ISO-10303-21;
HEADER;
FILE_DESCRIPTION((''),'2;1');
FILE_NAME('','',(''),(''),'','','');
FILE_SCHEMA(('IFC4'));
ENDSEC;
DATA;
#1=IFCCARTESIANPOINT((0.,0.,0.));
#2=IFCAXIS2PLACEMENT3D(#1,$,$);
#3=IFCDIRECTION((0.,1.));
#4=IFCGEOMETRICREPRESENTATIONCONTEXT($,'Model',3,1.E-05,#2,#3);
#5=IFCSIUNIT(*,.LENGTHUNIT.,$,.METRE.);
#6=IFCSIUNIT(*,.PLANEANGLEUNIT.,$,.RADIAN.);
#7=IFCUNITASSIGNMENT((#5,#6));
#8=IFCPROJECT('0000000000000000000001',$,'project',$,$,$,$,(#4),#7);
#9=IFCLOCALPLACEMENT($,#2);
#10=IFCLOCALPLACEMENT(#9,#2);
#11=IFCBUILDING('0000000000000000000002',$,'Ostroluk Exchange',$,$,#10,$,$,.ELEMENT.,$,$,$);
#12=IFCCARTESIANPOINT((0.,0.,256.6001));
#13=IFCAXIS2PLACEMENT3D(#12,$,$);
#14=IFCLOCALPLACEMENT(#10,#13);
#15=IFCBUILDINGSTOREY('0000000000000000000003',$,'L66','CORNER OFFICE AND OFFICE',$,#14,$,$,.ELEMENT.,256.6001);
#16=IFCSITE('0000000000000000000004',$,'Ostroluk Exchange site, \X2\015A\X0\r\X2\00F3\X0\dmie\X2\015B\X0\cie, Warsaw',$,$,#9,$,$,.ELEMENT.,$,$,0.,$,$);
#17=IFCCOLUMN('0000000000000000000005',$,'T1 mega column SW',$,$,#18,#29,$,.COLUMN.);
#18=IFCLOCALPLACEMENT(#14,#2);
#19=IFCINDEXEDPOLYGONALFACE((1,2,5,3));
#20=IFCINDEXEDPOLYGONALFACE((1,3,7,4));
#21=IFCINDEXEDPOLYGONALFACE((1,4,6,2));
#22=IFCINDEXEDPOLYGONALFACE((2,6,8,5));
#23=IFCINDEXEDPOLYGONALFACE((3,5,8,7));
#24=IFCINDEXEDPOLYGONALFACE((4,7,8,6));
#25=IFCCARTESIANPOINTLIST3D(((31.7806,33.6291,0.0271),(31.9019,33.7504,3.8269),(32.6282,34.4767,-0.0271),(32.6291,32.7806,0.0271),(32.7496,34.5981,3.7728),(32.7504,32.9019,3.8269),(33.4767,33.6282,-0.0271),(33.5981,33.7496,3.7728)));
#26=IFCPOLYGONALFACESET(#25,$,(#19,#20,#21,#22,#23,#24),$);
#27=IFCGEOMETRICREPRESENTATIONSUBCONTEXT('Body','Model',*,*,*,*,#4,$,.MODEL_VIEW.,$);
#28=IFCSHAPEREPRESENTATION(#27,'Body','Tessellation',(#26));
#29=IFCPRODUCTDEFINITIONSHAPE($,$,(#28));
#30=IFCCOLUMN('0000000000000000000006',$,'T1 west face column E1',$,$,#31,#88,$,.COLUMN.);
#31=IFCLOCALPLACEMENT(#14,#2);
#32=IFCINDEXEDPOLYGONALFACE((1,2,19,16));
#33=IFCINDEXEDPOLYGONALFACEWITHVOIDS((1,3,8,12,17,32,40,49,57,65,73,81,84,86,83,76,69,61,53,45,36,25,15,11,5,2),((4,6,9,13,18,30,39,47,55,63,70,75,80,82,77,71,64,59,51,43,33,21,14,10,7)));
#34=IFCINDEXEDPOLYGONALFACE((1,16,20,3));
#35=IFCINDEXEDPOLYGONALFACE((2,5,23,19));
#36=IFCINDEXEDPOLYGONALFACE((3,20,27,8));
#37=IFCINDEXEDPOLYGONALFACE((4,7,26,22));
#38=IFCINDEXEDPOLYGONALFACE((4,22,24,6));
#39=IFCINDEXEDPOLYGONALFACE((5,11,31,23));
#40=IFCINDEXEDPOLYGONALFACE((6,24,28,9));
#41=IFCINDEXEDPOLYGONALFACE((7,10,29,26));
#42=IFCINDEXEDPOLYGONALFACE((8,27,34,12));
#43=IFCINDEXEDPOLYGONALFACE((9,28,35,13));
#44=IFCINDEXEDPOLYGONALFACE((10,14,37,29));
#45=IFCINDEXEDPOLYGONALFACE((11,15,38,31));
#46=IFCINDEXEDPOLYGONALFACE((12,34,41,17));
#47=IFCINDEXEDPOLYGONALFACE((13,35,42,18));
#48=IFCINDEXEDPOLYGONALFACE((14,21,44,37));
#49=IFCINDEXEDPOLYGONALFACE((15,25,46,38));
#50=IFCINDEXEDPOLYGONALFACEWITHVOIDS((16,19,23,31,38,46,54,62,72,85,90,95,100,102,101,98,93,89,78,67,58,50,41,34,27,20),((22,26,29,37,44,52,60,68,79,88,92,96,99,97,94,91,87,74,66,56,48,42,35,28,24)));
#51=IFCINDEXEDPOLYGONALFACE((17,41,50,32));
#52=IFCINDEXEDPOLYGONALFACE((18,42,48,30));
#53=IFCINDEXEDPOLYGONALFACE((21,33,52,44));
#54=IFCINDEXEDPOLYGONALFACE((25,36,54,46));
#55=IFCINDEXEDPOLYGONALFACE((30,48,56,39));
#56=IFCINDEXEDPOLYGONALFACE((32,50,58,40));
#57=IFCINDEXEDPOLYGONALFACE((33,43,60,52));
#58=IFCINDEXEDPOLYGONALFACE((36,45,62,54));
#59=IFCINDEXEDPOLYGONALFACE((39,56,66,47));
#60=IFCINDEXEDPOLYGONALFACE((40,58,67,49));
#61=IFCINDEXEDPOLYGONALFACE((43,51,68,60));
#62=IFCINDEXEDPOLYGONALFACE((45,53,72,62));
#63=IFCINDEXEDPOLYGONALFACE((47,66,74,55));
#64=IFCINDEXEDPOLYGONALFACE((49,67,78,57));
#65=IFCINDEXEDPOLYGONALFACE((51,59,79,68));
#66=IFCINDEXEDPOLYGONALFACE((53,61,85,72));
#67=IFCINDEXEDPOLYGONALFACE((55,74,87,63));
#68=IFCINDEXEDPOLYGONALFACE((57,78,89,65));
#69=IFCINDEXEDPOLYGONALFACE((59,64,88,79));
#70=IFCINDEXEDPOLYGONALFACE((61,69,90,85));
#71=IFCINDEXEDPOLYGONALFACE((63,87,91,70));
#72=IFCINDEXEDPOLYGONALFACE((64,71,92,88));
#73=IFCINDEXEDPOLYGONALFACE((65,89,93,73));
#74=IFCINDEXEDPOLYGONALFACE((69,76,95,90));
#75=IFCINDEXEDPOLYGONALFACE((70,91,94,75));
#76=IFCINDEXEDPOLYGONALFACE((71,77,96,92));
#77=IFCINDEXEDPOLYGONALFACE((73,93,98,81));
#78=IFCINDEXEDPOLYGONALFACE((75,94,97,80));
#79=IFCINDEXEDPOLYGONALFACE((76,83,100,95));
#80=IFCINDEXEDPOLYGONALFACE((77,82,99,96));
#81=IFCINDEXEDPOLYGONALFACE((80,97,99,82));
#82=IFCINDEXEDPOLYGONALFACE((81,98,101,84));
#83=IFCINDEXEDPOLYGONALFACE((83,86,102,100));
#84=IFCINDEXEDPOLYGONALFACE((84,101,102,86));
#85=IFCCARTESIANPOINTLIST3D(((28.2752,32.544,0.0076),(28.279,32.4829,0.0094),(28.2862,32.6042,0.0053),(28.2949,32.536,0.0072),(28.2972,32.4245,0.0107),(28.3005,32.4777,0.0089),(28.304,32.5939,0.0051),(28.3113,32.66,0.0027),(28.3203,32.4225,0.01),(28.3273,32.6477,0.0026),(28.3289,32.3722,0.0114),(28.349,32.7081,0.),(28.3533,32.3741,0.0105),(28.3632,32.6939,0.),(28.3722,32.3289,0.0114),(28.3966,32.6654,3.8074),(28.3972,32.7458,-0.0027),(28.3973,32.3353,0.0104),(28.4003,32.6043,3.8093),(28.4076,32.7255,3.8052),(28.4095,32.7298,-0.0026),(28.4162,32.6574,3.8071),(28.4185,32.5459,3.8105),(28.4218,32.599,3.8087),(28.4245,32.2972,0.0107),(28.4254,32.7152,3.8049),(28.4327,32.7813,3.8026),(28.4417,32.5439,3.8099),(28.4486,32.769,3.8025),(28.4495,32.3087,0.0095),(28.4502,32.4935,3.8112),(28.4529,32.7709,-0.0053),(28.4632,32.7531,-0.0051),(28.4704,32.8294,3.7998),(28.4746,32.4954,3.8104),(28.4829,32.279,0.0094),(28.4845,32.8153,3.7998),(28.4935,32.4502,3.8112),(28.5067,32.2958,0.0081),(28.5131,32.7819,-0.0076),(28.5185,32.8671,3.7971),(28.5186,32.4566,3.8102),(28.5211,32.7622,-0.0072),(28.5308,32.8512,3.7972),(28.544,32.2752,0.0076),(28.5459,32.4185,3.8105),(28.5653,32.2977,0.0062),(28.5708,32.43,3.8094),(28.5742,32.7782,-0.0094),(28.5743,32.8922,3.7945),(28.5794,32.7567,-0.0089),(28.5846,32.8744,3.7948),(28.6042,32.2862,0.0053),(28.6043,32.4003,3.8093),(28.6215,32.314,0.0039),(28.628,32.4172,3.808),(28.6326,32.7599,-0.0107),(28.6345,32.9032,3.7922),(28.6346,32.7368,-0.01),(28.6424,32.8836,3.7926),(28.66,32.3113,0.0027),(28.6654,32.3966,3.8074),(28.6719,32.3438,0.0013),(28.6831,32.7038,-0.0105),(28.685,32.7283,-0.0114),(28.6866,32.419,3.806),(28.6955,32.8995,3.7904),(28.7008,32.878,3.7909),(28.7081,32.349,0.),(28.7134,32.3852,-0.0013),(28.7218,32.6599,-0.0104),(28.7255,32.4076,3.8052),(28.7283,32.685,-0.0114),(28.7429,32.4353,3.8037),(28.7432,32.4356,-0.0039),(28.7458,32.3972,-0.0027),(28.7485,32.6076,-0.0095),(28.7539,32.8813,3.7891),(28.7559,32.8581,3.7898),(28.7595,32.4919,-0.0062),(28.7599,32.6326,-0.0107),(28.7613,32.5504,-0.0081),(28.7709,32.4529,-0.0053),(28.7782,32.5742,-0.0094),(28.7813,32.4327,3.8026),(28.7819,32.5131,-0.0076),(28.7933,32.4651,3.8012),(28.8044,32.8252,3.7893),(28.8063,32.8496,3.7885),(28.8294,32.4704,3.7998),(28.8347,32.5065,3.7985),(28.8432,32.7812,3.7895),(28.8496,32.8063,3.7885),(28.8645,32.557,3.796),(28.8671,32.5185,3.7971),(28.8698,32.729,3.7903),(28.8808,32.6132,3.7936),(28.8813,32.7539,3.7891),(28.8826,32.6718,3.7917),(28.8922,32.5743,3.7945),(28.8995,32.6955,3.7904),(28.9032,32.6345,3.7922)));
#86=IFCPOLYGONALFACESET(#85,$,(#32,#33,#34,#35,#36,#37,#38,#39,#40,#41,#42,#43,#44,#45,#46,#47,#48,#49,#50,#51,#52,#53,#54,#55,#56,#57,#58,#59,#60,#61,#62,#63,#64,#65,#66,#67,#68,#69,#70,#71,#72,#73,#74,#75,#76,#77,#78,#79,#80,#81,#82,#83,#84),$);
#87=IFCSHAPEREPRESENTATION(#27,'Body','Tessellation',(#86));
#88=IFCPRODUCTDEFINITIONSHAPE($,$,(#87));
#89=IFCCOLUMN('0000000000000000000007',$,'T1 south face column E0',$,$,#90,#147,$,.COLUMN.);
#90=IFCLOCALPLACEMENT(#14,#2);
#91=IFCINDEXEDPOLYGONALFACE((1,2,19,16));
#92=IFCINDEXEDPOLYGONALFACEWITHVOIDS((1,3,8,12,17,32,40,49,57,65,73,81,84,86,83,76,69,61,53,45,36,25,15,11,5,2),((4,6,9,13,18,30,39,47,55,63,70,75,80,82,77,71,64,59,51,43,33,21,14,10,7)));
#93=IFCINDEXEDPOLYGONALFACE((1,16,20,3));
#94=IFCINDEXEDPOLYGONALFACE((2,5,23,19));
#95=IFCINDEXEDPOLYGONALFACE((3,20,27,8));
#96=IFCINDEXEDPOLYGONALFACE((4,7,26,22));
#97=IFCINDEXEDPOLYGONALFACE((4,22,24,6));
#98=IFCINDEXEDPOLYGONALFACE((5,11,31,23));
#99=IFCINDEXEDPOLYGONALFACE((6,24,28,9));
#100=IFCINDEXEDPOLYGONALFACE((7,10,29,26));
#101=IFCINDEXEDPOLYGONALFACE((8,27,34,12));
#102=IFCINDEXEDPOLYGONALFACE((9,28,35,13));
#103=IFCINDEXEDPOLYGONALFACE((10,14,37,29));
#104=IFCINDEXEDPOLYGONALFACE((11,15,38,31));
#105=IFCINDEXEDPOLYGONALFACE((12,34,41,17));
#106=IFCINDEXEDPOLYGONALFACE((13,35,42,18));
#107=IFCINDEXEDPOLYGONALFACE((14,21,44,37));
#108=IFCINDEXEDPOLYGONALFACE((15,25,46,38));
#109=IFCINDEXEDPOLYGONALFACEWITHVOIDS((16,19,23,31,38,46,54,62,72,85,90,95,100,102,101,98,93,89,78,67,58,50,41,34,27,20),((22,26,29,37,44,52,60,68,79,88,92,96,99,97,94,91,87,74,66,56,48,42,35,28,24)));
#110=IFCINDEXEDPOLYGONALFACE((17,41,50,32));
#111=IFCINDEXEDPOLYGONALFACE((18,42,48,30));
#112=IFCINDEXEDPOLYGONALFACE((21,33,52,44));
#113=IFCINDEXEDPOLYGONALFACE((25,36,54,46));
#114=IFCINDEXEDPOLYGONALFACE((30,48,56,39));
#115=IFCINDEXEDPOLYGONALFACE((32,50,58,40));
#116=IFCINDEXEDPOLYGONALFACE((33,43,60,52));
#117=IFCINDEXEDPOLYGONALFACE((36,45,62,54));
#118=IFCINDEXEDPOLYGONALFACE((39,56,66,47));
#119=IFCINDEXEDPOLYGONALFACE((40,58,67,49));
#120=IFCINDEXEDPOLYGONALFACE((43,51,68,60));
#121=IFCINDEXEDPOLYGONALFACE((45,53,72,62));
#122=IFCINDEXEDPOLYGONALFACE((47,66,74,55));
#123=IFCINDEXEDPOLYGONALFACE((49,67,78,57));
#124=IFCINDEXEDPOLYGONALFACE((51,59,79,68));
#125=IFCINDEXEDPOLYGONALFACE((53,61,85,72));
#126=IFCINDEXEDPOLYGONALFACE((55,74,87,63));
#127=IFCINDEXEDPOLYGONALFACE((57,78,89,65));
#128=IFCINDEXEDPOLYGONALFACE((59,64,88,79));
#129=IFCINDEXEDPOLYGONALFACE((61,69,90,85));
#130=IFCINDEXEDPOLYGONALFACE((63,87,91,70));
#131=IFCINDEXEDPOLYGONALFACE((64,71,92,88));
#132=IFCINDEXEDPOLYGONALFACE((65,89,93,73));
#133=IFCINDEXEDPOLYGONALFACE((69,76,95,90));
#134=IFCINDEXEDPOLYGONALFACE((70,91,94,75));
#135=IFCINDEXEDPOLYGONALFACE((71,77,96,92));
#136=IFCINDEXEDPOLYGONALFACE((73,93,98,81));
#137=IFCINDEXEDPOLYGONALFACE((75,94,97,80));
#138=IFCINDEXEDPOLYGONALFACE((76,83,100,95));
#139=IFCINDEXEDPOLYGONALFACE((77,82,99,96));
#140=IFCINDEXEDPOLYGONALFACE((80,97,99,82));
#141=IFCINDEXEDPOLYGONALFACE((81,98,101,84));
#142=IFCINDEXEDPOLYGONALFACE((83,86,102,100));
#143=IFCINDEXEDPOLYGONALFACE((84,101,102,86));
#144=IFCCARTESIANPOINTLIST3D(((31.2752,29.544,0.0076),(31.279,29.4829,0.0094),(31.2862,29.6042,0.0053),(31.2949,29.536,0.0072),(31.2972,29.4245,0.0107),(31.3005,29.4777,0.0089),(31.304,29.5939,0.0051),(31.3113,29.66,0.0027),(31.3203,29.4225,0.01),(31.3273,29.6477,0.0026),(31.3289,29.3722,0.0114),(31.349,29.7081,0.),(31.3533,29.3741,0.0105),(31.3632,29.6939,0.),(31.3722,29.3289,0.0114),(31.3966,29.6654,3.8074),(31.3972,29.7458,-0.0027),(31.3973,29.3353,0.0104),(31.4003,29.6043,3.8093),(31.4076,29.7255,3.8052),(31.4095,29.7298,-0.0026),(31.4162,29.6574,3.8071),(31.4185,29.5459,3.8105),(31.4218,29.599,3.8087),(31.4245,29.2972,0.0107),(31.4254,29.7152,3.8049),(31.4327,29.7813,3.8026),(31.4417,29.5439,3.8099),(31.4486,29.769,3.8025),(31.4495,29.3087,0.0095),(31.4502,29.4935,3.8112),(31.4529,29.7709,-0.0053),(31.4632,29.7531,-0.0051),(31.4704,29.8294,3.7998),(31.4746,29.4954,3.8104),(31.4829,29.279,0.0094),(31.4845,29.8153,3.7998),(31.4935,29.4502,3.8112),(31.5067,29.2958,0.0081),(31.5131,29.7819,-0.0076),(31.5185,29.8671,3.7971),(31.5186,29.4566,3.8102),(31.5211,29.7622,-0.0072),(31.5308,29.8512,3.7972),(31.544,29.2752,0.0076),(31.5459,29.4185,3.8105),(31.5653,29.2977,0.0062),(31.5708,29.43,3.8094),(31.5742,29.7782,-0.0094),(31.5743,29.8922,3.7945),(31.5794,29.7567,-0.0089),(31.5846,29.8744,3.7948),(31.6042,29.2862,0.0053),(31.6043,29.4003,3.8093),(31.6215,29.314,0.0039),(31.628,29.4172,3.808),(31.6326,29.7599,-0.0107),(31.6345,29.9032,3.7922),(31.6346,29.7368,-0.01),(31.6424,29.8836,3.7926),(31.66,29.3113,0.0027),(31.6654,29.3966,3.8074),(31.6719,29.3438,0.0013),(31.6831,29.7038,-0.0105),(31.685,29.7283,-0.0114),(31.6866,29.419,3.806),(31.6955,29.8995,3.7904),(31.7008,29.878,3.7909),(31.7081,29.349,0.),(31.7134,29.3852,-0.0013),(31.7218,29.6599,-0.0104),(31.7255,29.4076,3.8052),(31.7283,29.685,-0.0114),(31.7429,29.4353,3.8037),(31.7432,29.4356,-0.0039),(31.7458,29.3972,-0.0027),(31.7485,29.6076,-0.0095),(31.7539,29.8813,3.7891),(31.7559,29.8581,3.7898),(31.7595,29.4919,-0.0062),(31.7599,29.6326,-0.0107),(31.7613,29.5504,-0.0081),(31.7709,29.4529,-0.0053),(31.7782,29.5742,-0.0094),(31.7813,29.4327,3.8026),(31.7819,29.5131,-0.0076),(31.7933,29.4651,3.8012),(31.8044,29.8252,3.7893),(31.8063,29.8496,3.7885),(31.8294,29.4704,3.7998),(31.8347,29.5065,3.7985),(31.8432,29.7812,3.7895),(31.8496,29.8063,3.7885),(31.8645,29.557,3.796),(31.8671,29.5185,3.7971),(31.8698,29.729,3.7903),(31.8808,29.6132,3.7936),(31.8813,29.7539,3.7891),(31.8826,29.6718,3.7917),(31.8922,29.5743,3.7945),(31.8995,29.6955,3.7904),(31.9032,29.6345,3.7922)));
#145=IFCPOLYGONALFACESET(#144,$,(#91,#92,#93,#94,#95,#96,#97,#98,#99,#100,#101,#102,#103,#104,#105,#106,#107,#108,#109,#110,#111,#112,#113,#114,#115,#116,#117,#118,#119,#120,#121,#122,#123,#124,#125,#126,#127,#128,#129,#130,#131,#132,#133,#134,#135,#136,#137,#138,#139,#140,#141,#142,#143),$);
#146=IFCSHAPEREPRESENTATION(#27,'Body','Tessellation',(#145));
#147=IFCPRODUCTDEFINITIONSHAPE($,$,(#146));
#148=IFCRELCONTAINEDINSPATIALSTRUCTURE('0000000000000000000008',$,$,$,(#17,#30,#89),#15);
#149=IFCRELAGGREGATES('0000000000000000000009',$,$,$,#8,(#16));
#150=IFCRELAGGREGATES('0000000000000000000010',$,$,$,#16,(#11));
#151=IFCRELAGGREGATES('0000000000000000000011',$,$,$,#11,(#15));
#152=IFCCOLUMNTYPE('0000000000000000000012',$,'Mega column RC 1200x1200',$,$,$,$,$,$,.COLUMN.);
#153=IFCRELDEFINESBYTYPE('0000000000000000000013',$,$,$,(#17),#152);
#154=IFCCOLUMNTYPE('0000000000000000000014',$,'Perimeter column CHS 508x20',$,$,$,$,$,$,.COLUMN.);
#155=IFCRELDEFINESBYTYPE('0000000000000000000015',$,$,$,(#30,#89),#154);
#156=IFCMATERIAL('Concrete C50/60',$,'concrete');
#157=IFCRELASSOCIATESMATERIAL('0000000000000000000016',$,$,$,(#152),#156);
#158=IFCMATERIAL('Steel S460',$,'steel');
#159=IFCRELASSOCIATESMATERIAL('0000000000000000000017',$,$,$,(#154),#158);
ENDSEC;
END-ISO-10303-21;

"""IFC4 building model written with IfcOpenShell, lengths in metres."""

from ifc_helpers import new_model, si_unit, direction, frame, origin, origin_2d, place, context, subcontext, project, spatial, rectangle, hollow_circle, extrude, material, material_profile, profile_set, type_object, element, save


model = new_model("IFC4")

# Units and contexts
model_context = context("Model", 3, precision=1e-05, world=origin(), true_north=direction((0.0, 1.0)))
body_context = subcontext(model_context, "Body", "Model", "MODEL_VIEW")
ifc_project = project(units=[si_unit("LENGTHUNIT", "METRE"), si_unit("PLANEANGLEUNIT", "RADIAN")], contexts=[model_context])

# Site, building, storey
site_placement = place(None, origin())
site = spatial("IfcSite", under=ifc_project, at=site_placement, Name="Ostroluk Exchange site, Śródmieście, Warsaw", CompositionType="ELEMENT", RefElevation=0.0)
building_placement = place(site_placement, origin())
building = spatial("IfcBuilding", under=site, at=building_placement, Name="Ostroluk Exchange", CompositionType="ELEMENT")
storey_placement = place(building_placement, frame((0.0, 0.0, 256.6001)))
storey = spatial("IfcBuildingStorey", under=building, at=storey_placement, Name="L66", Description="CORNER OFFICE AND OFFICE", CompositionType="ELEMENT", Elevation=256.6001)

# Columns
ifc_material_1 = material(Name="Concrete C50/60", Category="concrete")
ifc_material_profile_1 = material_profile(ifc_material_1, rectangle(XDim=1.2, YDim=1.2, at=origin_2d()), Name="RC 1200x1200")
ifc_profile_set_1 = profile_set([ifc_material_profile_1], Name="Concrete C50/60")
column_type_1 = type_object("IfcColumnType", Name="Mega column RC 1200x1200", PredefinedType="COLUMN", material=ifc_profile_set_1)
column_1_placement = place(storey_placement, frame((32.6287, 33.6287, 0.0), z_axis=(0.0319, 0.0319, 0.998982), x_axis=(-0.707107, 0.707107, 0.0)))
element("IfcColumn", 1, at=column_1_placement, inside=storey, type_object=column_type_1, Name="T1 mega column SW", PredefinedType="COLUMN", context=body_context, shape_type="SweptSolid", body=[
    extrude(rectangle(XDim=1.2, YDim=1.2, at=origin_2d()), origin(), (0.0, 0.0, 1.0), 3.8037),
])
ifc_material_2 = material(Name="Steel S460", Category="steel")
ifc_material_profile_2 = material_profile(ifc_material_2, hollow_circle(Radius=0.2539, WallThickness=0.02, at=origin_2d()), Name="CHS 508x20")
ifc_profile_set_2 = profile_set([ifc_material_profile_2], Name="Steel S460")
column_type_2 = type_object("IfcColumnType", Name="Perimeter column CHS 508x20", PredefinedType="COLUMN", material=ifc_profile_set_2)
for number, where, z_axis, x_axis, name in (
    (2, (28.5286, 32.5286, 0.0), (0.0319, 0.0319, 0.998982), (-0.707107, 0.707107, 0.0), "T1 west face column E1"),
    (3, (31.5286, 29.5286, 0.0), (0.0319, 0.0319, 0.998982), (-0.707107, 0.707107, 0.0), "T1 south face column E0"),
):
    element("IfcColumn", number, at=place(storey_placement, frame(where, z_axis=z_axis, x_axis=x_axis)), inside=storey, type_object=column_type_2, Name=name, PredefinedType="COLUMN", context=body_context, shape_type="SweptSolid", body=[
        extrude(hollow_circle(Radius=0.2539, WallThickness=0.02, at=origin_2d()), origin(), (0.0, 0.0, 1.0), 3.8037),
    ])

save(model, "model.ifc")
